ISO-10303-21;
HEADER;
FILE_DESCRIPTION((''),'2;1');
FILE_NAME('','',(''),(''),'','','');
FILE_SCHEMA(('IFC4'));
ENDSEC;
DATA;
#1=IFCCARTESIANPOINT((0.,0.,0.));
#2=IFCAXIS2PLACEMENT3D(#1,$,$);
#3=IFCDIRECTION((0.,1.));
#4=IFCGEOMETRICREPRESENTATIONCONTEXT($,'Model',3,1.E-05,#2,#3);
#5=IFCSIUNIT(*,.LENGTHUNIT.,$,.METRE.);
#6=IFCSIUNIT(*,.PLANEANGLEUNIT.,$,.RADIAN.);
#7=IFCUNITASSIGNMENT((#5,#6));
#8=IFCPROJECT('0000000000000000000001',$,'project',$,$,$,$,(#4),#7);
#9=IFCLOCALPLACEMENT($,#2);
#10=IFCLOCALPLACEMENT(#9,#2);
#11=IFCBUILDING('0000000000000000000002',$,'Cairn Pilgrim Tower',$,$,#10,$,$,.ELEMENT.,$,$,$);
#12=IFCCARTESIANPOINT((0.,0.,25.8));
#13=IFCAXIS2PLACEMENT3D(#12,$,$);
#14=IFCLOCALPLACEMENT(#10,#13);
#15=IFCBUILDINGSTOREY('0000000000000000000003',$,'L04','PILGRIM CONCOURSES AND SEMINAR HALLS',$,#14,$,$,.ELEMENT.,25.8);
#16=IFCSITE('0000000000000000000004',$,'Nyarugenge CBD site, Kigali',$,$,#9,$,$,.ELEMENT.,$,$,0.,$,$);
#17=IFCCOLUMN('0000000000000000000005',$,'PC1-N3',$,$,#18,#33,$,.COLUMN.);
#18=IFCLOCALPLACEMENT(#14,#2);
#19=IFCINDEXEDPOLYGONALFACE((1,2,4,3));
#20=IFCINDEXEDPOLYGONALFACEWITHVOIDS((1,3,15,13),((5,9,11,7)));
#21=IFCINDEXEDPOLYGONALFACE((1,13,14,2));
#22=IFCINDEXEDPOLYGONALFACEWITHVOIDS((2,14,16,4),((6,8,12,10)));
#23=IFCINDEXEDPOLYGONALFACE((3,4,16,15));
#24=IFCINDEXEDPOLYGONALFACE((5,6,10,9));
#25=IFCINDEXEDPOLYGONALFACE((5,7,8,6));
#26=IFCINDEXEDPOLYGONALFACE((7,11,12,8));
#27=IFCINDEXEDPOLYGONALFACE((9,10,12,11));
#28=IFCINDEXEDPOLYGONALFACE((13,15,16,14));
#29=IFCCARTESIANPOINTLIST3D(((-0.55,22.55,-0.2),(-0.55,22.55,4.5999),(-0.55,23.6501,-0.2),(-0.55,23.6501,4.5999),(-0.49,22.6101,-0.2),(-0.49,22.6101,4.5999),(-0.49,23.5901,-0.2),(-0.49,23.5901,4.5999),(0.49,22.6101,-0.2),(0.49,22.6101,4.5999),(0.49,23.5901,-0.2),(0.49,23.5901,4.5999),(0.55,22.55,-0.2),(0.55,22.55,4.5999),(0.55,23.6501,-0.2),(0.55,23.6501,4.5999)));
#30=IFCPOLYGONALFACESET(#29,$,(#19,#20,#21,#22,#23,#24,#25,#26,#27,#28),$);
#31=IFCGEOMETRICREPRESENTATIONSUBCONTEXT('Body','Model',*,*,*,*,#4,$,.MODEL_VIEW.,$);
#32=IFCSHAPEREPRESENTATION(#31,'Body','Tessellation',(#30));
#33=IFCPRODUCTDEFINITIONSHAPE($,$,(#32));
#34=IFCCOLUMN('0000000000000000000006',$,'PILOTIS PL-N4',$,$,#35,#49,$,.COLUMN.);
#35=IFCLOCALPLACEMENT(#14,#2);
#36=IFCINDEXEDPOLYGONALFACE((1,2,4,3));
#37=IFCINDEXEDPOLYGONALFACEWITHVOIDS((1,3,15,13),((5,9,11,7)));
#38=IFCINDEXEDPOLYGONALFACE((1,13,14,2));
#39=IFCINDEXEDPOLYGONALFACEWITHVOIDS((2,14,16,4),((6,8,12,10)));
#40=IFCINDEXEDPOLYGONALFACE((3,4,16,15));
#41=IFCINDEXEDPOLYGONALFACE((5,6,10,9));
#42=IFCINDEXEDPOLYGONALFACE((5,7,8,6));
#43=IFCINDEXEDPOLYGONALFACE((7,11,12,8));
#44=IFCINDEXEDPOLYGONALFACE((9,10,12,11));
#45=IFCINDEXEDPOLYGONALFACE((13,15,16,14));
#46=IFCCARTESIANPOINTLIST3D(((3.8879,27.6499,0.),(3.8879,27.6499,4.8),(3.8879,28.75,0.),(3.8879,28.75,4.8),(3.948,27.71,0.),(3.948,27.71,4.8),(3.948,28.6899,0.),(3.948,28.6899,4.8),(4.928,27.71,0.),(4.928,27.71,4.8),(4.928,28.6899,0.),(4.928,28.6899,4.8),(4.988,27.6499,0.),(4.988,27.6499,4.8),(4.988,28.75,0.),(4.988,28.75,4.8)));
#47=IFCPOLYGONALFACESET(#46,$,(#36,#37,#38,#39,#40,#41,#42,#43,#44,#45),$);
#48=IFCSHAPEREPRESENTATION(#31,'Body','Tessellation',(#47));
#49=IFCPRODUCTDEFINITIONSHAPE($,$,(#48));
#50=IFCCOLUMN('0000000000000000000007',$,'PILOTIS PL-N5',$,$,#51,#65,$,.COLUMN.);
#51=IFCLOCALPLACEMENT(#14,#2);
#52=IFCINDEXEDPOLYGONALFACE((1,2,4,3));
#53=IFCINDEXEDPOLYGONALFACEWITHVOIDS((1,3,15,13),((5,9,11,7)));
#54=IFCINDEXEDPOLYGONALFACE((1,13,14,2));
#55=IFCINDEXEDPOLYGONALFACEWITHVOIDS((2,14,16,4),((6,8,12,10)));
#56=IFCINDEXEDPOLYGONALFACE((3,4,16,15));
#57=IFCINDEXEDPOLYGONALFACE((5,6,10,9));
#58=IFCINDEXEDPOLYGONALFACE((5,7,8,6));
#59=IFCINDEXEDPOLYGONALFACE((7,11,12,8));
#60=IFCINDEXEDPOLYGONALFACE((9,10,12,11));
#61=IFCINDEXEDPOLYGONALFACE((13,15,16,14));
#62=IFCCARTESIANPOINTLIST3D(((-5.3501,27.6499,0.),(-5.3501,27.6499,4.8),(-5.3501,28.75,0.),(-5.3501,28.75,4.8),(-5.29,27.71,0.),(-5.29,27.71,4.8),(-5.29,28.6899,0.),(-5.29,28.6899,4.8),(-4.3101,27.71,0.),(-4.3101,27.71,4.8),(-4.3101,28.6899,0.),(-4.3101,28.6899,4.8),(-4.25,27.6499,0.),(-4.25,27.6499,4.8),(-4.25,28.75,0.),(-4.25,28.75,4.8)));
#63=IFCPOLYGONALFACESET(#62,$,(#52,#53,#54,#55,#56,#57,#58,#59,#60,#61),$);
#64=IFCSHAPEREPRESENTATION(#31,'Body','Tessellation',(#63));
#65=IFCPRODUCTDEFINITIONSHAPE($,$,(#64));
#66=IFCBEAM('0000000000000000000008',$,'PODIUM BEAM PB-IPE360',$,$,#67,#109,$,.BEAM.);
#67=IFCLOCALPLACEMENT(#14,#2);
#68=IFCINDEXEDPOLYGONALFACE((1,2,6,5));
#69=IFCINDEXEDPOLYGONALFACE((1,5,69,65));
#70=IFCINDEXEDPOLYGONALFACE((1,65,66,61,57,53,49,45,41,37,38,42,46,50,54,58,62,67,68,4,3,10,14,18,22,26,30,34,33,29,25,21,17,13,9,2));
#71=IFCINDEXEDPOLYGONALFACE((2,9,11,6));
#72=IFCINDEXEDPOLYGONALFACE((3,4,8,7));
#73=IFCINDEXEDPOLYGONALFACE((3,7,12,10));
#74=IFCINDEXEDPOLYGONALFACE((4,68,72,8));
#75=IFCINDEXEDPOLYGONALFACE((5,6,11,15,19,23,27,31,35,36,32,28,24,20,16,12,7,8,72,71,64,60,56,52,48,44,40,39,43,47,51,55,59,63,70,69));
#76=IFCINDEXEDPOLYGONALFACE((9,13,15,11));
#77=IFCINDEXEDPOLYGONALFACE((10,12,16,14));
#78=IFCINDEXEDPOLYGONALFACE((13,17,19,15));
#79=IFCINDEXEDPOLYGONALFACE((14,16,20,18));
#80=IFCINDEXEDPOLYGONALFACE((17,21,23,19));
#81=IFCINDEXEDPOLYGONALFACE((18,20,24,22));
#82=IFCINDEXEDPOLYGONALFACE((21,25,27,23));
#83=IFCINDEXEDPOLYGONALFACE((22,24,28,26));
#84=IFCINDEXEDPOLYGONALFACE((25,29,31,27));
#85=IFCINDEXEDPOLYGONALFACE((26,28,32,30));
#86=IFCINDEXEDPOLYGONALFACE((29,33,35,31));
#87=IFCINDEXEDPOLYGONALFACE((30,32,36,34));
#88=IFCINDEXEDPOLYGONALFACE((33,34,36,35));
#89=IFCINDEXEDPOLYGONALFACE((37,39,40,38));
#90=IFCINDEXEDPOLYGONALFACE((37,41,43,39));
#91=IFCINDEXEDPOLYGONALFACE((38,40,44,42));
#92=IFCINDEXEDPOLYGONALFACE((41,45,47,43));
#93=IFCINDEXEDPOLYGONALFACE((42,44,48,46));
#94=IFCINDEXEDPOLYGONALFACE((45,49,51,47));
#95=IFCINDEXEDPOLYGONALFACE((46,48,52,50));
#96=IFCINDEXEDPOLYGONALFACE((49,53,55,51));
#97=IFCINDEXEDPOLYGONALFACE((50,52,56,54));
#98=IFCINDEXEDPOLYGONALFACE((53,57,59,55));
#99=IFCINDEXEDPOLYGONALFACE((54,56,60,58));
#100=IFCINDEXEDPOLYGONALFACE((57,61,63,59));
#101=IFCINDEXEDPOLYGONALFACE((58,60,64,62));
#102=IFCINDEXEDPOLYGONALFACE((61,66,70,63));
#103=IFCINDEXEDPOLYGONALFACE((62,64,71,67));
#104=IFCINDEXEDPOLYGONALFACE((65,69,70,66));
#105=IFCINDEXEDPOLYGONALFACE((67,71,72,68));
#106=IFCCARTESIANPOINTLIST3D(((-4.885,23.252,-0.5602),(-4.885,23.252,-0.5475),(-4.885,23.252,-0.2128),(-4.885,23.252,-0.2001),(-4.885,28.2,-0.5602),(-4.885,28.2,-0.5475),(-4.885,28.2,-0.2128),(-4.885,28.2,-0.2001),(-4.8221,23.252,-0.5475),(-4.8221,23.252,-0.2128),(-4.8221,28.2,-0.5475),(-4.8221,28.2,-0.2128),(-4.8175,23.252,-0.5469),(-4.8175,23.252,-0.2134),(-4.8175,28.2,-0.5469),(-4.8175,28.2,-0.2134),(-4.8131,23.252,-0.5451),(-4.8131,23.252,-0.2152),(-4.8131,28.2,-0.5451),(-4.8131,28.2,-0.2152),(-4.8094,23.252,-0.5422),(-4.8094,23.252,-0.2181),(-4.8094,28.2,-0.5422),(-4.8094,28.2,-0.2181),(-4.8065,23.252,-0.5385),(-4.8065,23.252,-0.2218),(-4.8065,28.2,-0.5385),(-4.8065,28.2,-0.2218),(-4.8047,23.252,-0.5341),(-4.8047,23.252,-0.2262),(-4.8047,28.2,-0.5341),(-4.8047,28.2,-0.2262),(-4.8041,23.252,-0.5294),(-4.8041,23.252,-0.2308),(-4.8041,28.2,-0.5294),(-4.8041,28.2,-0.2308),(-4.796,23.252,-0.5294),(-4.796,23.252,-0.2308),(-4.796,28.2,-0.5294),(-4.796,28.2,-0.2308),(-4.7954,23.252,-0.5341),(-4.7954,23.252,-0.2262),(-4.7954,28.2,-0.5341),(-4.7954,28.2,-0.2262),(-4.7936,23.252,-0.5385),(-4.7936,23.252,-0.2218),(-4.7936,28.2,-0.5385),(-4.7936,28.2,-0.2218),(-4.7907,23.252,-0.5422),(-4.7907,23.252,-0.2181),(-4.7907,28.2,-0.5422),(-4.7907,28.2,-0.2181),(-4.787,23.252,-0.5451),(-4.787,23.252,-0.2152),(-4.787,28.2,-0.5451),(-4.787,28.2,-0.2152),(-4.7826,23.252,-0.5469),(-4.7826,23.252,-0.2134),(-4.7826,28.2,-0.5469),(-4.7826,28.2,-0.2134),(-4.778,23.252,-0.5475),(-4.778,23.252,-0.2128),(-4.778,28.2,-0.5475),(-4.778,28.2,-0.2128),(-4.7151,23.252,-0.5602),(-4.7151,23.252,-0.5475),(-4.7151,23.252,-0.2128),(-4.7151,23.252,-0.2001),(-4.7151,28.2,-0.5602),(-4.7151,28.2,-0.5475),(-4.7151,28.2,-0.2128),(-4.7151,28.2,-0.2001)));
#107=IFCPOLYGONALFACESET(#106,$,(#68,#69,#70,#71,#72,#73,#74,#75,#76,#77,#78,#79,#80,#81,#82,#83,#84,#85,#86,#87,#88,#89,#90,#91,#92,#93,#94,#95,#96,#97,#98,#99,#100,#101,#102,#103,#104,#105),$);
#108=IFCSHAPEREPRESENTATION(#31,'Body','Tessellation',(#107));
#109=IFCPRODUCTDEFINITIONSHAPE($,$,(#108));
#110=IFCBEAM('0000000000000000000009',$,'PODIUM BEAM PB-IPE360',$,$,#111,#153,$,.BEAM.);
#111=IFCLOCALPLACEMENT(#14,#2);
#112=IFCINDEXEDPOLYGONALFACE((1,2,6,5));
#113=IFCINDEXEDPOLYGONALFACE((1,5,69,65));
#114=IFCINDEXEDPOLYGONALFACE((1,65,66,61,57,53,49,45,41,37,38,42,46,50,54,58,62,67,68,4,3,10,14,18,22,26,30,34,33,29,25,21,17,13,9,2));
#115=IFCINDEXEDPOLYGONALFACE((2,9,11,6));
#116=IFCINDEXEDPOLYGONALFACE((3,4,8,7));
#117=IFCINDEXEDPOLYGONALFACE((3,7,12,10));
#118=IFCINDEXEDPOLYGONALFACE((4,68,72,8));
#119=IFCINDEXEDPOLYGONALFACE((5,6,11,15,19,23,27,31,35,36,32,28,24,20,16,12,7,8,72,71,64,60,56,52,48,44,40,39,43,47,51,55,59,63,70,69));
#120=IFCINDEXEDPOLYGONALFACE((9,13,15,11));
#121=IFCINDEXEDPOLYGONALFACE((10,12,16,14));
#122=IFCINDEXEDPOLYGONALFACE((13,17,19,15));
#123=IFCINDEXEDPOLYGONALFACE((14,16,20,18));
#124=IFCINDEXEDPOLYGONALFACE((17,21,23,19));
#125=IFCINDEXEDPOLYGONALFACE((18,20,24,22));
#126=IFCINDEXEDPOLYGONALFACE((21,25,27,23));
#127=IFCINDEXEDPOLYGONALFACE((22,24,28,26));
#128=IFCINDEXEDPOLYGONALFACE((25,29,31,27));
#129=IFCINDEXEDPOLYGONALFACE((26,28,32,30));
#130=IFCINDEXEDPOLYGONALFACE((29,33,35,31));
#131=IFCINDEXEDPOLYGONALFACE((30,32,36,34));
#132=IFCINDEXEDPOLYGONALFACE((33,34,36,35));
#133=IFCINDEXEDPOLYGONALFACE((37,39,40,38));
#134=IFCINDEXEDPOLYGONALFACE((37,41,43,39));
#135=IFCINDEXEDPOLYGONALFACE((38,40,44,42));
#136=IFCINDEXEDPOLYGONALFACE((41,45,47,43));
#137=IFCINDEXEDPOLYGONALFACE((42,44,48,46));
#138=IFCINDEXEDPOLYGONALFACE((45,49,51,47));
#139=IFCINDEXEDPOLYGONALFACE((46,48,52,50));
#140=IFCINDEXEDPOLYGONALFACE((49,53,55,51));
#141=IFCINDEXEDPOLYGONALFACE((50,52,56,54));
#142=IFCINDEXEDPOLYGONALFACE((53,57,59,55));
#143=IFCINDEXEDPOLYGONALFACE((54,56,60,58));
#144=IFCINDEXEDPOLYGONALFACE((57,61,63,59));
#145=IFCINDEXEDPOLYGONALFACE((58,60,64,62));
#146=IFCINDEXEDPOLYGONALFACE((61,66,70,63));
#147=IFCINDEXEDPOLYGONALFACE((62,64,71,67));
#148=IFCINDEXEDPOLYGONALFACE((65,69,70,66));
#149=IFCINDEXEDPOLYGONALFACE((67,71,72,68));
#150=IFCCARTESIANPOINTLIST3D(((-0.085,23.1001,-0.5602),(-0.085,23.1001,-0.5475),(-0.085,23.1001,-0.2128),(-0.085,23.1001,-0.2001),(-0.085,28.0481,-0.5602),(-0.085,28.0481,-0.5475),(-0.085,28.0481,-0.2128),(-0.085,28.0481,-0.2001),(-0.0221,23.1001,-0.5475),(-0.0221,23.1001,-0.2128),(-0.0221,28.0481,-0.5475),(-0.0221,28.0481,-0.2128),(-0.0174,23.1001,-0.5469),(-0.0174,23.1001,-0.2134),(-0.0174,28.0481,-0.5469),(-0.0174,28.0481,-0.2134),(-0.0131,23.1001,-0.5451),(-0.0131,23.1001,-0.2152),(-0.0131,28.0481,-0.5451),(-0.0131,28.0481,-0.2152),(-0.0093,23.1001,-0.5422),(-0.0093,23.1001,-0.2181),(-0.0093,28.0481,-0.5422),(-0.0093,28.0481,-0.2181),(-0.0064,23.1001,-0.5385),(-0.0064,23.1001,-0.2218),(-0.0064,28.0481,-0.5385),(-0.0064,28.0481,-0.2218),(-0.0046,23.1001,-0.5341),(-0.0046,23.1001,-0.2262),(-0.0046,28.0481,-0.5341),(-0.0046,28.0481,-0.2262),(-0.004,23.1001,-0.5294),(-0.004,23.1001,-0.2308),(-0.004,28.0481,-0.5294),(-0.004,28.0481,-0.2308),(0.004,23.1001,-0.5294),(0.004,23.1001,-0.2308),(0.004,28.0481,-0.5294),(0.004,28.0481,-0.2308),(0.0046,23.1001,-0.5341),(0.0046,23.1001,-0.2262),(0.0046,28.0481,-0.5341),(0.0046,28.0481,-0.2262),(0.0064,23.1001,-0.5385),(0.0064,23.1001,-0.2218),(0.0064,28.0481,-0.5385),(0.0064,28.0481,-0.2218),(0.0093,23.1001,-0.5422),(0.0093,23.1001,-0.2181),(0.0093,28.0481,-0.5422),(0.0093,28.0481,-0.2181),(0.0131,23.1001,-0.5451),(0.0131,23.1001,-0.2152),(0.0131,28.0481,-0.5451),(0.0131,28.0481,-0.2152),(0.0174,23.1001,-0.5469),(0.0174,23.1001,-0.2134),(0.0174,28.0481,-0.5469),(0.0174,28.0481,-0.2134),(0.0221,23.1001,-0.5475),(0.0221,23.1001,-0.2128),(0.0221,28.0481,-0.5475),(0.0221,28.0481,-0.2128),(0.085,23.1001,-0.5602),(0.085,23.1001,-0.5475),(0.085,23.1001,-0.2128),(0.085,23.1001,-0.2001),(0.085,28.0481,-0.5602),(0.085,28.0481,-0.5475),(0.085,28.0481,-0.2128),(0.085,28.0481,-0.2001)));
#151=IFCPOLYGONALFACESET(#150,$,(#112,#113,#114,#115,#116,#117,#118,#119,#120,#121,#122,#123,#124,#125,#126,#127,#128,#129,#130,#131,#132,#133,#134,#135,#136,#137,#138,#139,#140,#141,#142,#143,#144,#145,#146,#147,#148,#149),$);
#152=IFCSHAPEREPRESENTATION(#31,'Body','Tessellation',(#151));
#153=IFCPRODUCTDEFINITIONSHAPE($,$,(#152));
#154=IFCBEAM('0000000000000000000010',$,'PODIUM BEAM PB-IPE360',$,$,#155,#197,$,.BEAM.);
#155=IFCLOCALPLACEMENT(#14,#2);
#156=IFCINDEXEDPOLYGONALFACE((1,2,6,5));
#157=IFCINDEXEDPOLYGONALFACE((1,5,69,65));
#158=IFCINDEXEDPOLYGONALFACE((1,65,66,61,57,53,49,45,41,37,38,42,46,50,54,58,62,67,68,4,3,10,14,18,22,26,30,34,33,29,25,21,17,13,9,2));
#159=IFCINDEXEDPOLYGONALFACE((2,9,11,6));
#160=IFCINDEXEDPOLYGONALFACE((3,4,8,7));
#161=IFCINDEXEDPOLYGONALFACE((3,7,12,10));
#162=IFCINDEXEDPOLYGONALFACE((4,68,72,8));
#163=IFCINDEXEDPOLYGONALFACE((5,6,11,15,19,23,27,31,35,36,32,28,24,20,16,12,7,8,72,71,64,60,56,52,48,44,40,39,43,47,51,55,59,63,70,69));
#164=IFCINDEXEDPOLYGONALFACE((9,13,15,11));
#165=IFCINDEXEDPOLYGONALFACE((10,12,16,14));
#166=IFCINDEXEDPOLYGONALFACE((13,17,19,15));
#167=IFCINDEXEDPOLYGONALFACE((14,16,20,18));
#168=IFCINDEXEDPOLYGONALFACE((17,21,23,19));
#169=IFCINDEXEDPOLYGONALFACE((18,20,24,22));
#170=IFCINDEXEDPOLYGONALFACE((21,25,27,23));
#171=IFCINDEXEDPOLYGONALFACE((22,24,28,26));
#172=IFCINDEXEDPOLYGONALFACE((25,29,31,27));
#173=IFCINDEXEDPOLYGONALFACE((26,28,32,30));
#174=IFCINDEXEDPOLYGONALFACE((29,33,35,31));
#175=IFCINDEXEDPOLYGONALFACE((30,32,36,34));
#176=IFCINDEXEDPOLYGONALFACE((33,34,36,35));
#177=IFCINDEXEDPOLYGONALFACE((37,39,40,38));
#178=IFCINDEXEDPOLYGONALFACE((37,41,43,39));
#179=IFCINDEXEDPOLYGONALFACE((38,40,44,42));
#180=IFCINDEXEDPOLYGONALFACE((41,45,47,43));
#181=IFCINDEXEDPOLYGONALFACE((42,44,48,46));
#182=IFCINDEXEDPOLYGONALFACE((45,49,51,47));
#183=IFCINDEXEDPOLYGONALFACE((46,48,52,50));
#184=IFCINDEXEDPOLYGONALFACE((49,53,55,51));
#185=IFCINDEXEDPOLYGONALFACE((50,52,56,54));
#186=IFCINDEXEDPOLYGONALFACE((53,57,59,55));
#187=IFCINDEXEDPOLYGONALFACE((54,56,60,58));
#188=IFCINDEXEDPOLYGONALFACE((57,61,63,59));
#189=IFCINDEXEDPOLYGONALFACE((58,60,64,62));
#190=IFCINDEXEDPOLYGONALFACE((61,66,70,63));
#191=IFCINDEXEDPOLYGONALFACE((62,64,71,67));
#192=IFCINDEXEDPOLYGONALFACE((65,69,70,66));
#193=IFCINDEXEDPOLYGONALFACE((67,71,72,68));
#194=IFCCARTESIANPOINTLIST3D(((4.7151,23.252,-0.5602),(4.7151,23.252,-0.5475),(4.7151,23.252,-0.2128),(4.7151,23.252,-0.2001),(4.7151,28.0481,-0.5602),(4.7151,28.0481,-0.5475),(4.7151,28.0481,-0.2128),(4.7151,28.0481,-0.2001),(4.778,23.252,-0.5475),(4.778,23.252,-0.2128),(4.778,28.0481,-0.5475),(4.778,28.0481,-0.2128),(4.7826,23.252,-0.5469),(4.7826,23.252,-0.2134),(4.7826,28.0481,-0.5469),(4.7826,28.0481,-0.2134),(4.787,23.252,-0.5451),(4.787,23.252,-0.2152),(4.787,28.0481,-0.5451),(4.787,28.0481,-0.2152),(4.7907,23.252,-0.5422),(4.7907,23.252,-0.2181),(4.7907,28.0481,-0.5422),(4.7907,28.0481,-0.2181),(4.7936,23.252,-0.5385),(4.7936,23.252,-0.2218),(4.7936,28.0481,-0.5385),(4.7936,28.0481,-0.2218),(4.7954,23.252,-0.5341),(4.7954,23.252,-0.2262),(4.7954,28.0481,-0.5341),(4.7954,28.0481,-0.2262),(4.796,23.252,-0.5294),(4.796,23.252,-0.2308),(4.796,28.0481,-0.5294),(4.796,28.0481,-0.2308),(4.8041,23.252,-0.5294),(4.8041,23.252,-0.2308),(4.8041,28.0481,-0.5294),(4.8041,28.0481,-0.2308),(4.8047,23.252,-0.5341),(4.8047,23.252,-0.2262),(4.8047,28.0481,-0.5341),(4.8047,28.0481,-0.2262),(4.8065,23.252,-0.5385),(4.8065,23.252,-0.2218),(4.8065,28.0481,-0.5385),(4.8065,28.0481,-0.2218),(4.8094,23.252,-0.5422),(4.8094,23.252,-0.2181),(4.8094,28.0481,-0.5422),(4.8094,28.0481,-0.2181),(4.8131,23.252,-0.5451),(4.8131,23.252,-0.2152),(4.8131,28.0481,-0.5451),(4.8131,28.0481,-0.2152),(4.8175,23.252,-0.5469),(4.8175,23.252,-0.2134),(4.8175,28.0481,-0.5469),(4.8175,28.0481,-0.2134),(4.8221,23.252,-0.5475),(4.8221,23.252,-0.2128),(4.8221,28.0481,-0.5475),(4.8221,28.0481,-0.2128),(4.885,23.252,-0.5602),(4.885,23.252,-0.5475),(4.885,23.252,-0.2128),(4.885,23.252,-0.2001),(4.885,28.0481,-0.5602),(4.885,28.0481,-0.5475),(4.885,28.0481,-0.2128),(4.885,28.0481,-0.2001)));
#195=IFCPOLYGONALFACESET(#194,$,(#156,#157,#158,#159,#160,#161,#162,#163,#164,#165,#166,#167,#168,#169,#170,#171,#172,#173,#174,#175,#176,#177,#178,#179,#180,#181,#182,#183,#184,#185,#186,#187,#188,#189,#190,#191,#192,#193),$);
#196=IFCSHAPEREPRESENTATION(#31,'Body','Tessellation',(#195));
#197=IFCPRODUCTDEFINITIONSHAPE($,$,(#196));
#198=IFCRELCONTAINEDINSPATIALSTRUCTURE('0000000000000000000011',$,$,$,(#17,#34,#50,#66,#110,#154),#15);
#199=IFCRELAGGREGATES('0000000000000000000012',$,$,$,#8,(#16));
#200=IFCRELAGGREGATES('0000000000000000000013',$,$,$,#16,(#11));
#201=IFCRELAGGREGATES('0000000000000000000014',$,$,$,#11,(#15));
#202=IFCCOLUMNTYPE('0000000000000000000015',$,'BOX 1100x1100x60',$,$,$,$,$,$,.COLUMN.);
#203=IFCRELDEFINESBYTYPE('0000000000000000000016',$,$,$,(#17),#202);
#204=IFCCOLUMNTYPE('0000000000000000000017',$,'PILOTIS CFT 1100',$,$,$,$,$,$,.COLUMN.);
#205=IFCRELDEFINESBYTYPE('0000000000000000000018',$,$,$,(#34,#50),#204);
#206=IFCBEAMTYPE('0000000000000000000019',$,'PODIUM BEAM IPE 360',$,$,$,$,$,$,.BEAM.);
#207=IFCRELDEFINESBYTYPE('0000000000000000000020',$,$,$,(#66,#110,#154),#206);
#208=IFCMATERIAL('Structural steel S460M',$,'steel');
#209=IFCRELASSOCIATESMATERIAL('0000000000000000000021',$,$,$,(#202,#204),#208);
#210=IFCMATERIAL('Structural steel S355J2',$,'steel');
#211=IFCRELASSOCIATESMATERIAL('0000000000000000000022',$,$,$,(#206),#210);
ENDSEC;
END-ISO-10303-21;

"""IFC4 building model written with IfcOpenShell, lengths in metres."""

from ifc_helpers import new_model, si_unit, direction, frame, origin, origin_2d, place, context, subcontext, project, spatial, hollow_rectangle, i_section, extrude, material, material_profile, profile_set, type_object, element, save


model = new_model("IFC4")

# Units and contexts
model_context = context("Model", 3, precision=1e-05, world=origin(), true_north=direction((0.0, 1.0)))
body_context = subcontext(model_context, "Body", "Model", "MODEL_VIEW")
ifc_project = project(units=[si_unit("LENGTHUNIT", "METRE"), si_unit("PLANEANGLEUNIT", "RADIAN")], contexts=[model_context])

# Site, building, storey
site_placement = place(None, origin())
site = spatial("IfcSite", under=ifc_project, at=site_placement, Name="Nyarugenge CBD site, Kigali", CompositionType="ELEMENT", RefElevation=0.0)
building_placement = place(site_placement, origin())
building = spatial("IfcBuilding", under=site, at=building_placement, Name="Cairn Pilgrim Tower", CompositionType="ELEMENT")
storey_placement = place(building_placement, frame((0.0, 0.0, 25.8)))
storey = spatial("IfcBuildingStorey", under=building, at=storey_placement, Name="L04", Description="PILGRIM CONCOURSES AND SEMINAR HALLS", CompositionType="ELEMENT", Elevation=25.8)

# Columns
ifc_material_1 = material(Name="Structural steel S460M", Category="steel")
ifc_material_profile_1 = material_profile(ifc_material_1, hollow_rectangle(XDim=1.1001, YDim=1.1001, WallThickness=0.0601, at=origin_2d()), Name="BOX 1100x1100x60")
ifc_profile_set_1 = profile_set([ifc_material_profile_1], Name="Structural steel S460M")
column_type_1 = type_object("IfcColumnType", Name="BOX 1100x1100x60", PredefinedType="COLUMN", material=ifc_profile_set_1)
column_placement = place(storey_placement, frame((0.0, 23.1001, -0.2), z_axis=(0.0, 0.0, 1.0), x_axis=(1.0, 0.0, 0.0)))
element("IfcColumn", 1, at=column_placement, inside=storey, type_object=column_type_1, Name="PC1-N3", PredefinedType="COLUMN", context=body_context, shape_type="SweptSolid", body=[
    extrude(hollow_rectangle(XDim=1.1001, YDim=1.1001, WallThickness=0.0601, at=origin_2d()), origin(), (0.0, 0.0, 1.0), 4.7998),
])
ifc_material_profile_2 = material_profile(ifc_material_1, hollow_rectangle(XDim=1.1001, YDim=1.1001, WallThickness=0.0601, at=origin_2d()), Name="BOX 1100x1100x60")
ifc_profile_set_2 = profile_set([ifc_material_profile_2], Name="Structural steel S460M")
column_type_2 = type_object("IfcColumnType", Name="PILOTIS CFT 1100", PredefinedType="COLUMN", material=ifc_profile_set_2)
for number, where, z_axis, x_axis, name in (
    (2, (4.438, 28.2, 0.0), (0.0, 0.0, 1.0), (1.0, 0.0, 0.0), "PILOTIS PL-N4"),
    (3, (-4.8, 28.2, 0.0), (0.0, 0.0, 1.0), (1.0, 0.0, 0.0), "PILOTIS PL-N5"),
):
    element("IfcColumn", number, at=place(storey_placement, frame(where, z_axis=z_axis, x_axis=x_axis)), inside=storey, type_object=column_type_2, Name=name, PredefinedType="COLUMN", context=body_context, shape_type="SweptSolid", body=[
        extrude(hollow_rectangle(XDim=1.1001, YDim=1.1001, WallThickness=0.0601, at=origin_2d()), origin(), (0.0, 0.0, 1.0), 4.8),
    ])

# Beams
ifc_material_2 = material(Name="Structural steel S355J2", Category="steel")
ifc_material_profile_3 = material_profile(ifc_material_2, i_section(OverallWidth=0.1699, OverallDepth=0.3601, WebThickness=0.0081, FlangeThickness=0.0127, FilletRadius=0.0181, at=origin_2d()), Name="IPE 360")
ifc_profile_set_3 = profile_set([ifc_material_profile_3], Name="Structural steel S355J2")
beam_type_1 = type_object("IfcBeamType", Name="PODIUM BEAM IPE 360", PredefinedType="BEAM", material=ifc_profile_set_3)
for number, where, z_axis, x_axis, name in (
    (4, (-4.8, 23.252, -0.3801), (0.0, 1.0, 0.0), (-1.0, 0.0, 0.0), "PODIUM BEAM PB-IPE360"),
    (5, (0.0, 23.1001, -0.3801), (0.0, 1.0, 0.0), (-1.0, 0.0, 0.0), "PODIUM BEAM PB-IPE360"),
):
    element("IfcBeam", number, at=place(storey_placement, frame(where, z_axis=z_axis, x_axis=x_axis)), inside=storey, type_object=beam_type_1, Name=name, PredefinedType="BEAM", context=body_context, shape_type="SweptSolid", body=[
        extrude(i_section(OverallWidth=0.1699, OverallDepth=0.3601, WebThickness=0.0081, FlangeThickness=0.0127, FilletRadius=0.0181, at=origin_2d()), origin(), (0.0, 0.0, 1.0), 4.948),
    ])
beam_1_placement = place(storey_placement, frame((4.8, 23.252, -0.3801), z_axis=(0.0, 1.0, 0.0), x_axis=(-1.0, 0.0, 0.0)))
element("IfcBeam", 6, at=beam_1_placement, inside=storey, type_object=beam_type_1, Name="PODIUM BEAM PB-IPE360", PredefinedType="BEAM", context=body_context, shape_type="SweptSolid", body=[
    extrude(i_section(OverallWidth=0.1699, OverallDepth=0.3601, WebThickness=0.0081, FlangeThickness=0.0127, FilletRadius=0.0181, at=origin_2d()), origin(), (0.0, 0.0, 1.0), 4.7961),
])

save(model, "model.ifc")
